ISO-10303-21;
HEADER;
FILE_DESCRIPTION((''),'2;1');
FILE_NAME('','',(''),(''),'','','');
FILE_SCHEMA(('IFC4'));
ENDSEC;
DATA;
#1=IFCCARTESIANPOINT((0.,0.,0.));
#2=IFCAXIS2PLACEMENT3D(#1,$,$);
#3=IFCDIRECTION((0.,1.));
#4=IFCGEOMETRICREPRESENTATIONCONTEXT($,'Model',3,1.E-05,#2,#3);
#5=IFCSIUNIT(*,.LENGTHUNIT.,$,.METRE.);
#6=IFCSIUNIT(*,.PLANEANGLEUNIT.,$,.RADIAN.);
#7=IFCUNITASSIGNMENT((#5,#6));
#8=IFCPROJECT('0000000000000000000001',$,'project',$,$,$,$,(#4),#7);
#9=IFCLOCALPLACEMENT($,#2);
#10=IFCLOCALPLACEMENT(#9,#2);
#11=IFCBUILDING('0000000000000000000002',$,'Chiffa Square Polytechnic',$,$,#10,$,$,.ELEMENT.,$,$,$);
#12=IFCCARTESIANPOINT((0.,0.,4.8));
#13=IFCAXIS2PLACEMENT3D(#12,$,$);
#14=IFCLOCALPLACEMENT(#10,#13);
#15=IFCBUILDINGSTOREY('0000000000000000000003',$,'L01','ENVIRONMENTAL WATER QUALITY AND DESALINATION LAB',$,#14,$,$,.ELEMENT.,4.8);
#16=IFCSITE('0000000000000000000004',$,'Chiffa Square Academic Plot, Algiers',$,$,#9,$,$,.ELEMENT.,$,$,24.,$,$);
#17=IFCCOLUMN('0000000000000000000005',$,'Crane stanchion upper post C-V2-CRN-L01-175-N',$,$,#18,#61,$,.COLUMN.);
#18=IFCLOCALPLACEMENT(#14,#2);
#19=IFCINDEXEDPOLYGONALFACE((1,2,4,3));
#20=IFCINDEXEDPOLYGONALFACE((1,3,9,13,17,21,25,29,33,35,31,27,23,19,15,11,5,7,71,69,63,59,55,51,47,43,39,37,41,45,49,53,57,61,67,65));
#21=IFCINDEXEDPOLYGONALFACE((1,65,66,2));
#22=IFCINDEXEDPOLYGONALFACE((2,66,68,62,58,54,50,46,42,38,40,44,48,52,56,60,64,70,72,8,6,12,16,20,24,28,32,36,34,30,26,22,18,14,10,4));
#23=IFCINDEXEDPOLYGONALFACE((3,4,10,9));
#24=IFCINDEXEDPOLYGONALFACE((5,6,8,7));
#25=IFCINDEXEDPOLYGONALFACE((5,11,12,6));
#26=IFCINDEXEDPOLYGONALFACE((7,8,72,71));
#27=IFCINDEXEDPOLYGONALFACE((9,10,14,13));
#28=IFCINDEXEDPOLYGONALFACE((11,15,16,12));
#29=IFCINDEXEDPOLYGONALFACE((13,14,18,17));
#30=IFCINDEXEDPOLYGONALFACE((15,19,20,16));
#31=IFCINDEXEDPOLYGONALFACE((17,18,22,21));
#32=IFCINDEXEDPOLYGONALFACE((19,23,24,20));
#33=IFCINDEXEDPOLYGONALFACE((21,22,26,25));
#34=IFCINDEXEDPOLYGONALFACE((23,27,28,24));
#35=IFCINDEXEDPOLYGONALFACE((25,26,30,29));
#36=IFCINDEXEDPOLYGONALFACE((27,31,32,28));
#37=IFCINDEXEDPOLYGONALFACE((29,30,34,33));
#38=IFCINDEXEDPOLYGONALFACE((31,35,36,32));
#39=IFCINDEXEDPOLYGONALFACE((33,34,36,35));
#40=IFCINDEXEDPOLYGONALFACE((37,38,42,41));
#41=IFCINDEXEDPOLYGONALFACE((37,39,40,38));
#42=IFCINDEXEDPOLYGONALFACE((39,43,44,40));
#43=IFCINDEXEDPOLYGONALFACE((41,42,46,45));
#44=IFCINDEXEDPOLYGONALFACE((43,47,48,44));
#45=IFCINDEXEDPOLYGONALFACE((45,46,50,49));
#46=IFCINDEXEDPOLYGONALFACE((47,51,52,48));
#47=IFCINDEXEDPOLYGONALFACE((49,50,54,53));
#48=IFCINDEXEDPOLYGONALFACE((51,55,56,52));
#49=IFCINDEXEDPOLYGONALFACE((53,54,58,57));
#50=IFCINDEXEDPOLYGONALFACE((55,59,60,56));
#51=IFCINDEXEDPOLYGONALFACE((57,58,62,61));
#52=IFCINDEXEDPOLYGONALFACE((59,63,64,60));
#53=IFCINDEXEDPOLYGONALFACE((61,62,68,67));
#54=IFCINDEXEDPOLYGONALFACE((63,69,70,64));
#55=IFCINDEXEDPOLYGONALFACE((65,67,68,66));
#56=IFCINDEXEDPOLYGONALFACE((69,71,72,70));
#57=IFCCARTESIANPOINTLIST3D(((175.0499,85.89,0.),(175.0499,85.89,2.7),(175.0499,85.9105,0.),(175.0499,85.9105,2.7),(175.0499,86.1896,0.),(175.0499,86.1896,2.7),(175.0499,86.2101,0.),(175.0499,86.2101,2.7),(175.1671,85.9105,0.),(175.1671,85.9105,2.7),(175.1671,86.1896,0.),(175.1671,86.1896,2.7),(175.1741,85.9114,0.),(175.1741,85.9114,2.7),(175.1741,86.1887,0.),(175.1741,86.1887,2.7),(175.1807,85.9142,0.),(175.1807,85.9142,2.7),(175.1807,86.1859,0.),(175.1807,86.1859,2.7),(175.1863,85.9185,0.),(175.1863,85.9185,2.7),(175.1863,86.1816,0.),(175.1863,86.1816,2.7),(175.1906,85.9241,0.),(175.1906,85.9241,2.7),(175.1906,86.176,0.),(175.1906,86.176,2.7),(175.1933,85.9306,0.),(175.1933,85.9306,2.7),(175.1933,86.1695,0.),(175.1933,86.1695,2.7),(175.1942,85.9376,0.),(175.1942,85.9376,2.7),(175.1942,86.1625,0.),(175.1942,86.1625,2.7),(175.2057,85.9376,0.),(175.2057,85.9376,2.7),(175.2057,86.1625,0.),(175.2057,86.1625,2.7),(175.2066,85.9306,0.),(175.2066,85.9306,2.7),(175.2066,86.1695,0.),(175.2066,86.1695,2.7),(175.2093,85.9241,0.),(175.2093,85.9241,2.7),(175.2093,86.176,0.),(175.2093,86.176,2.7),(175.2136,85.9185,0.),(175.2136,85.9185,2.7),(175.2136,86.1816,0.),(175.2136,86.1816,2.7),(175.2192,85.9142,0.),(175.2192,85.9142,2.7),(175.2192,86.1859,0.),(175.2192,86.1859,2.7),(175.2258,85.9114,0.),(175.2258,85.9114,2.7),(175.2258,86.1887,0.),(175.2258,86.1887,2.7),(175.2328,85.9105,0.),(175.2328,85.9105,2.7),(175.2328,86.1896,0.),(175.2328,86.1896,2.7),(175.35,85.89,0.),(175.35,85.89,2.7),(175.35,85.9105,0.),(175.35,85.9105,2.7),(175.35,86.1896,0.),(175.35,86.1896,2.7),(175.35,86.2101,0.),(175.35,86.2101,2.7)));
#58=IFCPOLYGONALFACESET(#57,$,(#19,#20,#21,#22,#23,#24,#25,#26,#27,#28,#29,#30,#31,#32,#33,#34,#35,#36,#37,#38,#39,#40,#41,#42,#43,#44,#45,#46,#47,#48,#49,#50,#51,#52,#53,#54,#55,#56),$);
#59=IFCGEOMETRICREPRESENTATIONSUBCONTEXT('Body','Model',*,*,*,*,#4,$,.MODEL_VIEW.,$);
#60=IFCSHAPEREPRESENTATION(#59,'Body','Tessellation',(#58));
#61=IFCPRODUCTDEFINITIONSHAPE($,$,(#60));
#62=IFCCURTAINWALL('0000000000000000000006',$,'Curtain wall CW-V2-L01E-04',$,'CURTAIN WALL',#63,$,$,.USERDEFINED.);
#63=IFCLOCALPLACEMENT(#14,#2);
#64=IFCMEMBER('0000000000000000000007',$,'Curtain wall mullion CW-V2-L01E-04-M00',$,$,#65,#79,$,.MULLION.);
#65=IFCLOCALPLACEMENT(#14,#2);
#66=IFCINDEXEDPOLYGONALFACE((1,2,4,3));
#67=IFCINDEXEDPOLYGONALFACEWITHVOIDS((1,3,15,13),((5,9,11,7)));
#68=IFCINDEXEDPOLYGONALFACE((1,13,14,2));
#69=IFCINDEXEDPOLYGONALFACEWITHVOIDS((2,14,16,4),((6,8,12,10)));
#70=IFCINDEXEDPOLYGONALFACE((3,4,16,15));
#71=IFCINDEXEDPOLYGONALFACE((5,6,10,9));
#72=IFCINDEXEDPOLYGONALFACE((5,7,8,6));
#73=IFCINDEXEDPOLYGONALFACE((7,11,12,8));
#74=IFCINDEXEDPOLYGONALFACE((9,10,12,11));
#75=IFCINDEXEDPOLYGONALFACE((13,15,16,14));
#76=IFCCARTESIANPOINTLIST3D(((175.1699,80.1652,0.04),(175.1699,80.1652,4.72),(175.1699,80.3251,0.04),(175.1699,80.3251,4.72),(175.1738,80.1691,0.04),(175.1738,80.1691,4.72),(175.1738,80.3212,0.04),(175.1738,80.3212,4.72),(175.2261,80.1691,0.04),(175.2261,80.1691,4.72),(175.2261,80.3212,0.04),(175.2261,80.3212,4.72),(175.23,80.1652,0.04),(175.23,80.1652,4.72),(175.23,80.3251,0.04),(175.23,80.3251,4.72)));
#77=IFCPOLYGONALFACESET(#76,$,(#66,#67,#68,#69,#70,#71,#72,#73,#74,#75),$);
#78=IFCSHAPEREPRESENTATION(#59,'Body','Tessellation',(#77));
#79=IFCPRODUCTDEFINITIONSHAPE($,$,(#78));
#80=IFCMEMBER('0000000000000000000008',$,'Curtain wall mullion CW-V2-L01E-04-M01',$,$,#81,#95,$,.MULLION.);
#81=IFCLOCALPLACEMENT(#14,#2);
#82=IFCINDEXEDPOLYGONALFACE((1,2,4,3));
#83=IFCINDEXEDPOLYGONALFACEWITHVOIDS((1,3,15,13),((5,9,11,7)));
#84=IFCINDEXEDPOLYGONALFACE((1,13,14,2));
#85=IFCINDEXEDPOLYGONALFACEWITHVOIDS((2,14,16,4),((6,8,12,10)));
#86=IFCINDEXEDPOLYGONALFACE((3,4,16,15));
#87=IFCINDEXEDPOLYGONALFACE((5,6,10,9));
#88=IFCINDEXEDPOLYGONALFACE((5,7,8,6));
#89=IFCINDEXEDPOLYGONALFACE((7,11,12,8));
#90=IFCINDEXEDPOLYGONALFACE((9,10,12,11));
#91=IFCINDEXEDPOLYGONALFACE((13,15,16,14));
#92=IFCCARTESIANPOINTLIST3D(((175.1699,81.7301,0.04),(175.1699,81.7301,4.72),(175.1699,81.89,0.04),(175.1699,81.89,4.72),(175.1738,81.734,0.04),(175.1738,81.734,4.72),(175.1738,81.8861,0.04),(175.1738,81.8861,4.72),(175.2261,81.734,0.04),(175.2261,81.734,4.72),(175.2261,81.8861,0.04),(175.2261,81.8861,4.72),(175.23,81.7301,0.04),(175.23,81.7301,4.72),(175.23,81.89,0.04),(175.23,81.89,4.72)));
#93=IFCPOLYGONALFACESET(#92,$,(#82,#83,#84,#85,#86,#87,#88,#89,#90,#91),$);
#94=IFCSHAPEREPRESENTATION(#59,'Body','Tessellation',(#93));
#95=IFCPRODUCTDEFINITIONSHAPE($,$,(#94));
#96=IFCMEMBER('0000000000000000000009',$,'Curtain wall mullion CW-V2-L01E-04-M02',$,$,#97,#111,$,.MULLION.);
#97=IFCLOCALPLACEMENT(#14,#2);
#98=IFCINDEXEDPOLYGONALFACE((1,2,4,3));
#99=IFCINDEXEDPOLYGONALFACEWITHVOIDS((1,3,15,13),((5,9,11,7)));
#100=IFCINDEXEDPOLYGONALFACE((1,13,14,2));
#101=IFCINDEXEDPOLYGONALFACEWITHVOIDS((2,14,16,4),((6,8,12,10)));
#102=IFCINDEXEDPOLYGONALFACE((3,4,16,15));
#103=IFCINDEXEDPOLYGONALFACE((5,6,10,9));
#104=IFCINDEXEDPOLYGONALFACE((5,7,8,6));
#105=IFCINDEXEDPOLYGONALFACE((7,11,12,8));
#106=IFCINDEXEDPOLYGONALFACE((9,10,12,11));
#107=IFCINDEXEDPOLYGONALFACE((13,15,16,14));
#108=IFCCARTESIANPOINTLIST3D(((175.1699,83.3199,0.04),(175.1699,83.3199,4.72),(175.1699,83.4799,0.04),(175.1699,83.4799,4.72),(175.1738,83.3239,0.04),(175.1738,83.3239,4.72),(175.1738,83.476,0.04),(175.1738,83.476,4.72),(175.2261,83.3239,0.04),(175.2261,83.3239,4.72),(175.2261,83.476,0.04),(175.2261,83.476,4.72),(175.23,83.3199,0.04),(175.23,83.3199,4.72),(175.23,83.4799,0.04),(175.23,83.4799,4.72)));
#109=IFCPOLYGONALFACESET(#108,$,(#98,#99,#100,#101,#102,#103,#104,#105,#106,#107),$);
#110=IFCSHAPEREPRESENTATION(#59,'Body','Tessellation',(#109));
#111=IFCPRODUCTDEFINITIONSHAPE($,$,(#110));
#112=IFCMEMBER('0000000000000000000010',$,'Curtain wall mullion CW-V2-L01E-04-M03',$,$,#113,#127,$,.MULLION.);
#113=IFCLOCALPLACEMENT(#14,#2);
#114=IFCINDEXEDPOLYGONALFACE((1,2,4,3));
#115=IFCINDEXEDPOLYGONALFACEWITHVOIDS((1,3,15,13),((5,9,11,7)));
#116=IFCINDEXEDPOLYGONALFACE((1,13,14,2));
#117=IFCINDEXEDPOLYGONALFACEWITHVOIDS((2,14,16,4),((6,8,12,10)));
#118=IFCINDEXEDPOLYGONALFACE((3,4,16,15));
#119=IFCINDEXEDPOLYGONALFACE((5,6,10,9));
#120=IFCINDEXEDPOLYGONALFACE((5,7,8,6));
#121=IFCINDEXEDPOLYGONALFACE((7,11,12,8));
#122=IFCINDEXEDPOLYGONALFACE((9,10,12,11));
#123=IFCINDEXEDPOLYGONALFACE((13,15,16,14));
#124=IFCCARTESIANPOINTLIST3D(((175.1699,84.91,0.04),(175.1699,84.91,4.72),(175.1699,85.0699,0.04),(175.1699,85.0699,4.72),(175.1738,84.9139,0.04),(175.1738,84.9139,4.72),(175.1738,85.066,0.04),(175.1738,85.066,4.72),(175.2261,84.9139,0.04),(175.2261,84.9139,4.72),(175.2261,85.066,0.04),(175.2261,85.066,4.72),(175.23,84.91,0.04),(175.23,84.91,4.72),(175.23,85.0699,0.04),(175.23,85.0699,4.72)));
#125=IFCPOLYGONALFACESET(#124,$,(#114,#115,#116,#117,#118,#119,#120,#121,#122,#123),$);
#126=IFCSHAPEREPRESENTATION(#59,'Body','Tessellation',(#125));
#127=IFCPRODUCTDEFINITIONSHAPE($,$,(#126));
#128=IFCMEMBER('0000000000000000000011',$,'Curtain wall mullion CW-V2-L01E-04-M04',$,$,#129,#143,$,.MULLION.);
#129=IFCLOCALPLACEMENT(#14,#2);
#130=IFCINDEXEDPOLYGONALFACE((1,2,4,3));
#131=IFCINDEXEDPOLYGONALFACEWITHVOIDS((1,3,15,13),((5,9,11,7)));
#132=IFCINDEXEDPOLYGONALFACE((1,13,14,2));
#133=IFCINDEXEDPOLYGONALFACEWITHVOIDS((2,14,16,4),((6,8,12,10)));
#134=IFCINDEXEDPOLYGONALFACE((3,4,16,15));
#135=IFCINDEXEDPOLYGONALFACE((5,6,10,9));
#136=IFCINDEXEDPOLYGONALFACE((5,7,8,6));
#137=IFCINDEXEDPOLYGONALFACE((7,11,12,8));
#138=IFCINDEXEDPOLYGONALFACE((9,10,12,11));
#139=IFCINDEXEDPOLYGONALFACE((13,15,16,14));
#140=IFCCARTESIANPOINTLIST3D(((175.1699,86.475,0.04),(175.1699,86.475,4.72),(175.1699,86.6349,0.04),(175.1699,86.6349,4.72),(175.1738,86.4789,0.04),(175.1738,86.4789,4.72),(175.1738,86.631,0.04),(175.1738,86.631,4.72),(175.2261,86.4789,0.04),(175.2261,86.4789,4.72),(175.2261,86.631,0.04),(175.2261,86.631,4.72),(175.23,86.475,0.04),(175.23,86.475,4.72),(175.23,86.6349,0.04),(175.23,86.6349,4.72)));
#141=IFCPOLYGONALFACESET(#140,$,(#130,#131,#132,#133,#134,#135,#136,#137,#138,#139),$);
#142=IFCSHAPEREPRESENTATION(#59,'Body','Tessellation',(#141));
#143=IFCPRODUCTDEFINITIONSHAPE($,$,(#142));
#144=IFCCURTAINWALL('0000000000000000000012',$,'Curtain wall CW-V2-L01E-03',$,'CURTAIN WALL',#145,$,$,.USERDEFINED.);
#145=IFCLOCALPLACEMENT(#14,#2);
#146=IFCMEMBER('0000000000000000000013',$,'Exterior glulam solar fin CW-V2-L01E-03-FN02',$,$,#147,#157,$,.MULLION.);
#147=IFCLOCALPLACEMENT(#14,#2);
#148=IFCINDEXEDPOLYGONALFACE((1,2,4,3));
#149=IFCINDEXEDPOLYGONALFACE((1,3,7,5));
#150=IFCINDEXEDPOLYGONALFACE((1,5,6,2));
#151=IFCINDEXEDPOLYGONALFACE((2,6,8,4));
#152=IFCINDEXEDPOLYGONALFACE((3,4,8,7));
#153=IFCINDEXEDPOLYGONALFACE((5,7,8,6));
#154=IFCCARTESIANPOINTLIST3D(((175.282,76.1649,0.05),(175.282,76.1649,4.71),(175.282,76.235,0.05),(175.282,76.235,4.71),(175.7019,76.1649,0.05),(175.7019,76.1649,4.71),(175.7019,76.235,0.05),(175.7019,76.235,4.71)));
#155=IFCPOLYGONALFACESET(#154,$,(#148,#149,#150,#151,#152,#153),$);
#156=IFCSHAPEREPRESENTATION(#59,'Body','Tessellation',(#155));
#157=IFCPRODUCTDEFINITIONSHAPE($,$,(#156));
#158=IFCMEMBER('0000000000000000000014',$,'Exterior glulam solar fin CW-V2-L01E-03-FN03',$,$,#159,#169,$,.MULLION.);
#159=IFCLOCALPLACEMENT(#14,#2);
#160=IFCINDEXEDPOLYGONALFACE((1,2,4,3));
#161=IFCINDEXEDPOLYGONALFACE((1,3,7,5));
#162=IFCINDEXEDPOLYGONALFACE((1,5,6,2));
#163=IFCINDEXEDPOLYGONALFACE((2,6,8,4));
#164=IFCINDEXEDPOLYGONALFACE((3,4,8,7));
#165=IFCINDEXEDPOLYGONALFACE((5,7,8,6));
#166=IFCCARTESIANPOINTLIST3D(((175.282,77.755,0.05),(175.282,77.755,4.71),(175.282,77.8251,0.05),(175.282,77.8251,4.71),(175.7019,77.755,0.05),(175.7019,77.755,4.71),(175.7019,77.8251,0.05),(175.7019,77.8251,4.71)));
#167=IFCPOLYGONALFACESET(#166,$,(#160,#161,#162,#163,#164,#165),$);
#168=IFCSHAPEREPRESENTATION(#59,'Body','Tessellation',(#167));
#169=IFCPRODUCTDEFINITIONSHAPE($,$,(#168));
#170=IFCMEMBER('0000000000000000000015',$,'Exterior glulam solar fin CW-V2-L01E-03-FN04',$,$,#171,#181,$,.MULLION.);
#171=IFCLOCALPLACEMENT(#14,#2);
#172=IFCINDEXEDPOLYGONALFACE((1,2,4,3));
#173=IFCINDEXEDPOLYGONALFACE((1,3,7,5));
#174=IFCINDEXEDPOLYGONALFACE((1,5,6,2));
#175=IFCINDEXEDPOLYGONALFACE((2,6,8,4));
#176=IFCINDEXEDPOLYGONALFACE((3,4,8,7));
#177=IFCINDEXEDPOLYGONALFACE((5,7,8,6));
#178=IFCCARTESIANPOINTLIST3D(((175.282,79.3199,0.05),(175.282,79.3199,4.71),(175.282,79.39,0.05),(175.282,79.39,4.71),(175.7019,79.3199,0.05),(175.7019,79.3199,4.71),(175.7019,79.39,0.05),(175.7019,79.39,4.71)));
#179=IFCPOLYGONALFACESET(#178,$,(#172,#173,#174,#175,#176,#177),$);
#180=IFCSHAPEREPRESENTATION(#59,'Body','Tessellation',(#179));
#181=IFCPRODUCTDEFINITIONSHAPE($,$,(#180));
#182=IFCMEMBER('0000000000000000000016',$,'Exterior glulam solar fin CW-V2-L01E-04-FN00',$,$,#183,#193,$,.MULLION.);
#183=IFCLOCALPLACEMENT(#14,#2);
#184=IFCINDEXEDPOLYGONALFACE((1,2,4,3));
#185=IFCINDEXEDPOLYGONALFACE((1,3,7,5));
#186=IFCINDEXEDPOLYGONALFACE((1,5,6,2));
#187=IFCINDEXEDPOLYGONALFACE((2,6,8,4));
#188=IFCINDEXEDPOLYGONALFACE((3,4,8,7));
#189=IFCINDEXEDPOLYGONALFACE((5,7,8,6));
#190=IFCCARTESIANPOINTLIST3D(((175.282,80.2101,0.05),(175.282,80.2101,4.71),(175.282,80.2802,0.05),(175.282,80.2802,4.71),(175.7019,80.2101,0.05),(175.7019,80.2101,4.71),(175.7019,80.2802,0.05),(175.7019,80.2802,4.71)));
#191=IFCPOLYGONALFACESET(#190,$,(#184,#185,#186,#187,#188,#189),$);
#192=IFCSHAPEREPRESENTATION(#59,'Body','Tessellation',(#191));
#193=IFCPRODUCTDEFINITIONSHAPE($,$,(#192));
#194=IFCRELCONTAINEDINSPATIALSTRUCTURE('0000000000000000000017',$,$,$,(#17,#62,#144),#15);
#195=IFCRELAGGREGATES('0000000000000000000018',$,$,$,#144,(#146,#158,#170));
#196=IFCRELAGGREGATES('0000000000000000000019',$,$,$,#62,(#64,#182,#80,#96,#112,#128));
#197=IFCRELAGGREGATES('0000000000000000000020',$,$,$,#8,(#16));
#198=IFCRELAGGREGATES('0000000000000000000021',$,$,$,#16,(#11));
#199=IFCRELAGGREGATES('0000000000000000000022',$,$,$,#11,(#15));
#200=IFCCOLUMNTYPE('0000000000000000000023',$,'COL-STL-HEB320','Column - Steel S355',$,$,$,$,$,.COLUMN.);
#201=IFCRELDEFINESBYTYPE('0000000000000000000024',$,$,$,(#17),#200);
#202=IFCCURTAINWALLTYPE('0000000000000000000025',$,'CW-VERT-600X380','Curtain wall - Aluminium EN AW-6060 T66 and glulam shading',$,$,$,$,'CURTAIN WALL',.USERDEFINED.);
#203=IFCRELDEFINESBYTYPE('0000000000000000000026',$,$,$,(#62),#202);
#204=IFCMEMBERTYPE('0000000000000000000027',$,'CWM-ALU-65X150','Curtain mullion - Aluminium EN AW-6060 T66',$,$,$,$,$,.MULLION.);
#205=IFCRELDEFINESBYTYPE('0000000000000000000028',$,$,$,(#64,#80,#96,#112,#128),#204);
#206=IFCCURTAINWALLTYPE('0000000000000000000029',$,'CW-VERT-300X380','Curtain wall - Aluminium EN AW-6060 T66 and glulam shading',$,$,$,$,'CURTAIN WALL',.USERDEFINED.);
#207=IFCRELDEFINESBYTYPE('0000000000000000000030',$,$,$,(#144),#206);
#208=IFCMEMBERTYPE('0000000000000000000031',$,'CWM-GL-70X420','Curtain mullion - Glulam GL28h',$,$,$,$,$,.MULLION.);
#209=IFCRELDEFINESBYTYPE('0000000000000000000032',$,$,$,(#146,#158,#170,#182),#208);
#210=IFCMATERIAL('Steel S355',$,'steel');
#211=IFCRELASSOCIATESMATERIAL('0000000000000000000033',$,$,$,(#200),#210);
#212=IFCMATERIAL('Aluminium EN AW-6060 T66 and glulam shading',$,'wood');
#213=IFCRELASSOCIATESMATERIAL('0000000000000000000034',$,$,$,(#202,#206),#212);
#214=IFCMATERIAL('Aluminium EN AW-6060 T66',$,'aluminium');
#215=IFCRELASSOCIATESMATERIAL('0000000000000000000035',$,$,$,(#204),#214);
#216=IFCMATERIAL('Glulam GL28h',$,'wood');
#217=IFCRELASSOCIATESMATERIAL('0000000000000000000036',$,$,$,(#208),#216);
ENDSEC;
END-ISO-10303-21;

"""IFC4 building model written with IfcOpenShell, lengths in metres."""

from ifc_helpers import new_model, si_unit, direction, frame, origin, origin_2d, place, context, subcontext, project, spatial, rectangle, hollow_rectangle, i_section, extrude, material, material_profile, profile_set, type_object, element, aggregate, save


model = new_model("IFC4")

# Units and contexts
model_context = context("Model", 3, precision=1e-05, world=origin(), true_north=direction((0.0, 1.0)))
body_context = subcontext(model_context, "Body", "Model", "MODEL_VIEW")
ifc_project = project(units=[si_unit("LENGTHUNIT", "METRE"), si_unit("PLANEANGLEUNIT", "RADIAN")], contexts=[model_context])

# Site, building, storey
site_placement = place(None, origin())
site = spatial("IfcSite", under=ifc_project, at=site_placement, Name="Chiffa Square Academic Plot, Algiers", CompositionType="ELEMENT", RefElevation=24.0)
building_placement = place(site_placement, origin())
building = spatial("IfcBuilding", under=site, at=building_placement, Name="Chiffa Square Polytechnic", CompositionType="ELEMENT")
storey_placement = place(building_placement, frame((0.0, 0.0, 4.8)))
storey = spatial("IfcBuildingStorey", under=building, at=storey_placement, Name="L01", Description="ENVIRONMENTAL WATER QUALITY AND DESALINATION LAB", CompositionType="ELEMENT", Elevation=4.8)

# Column
ifc_material_1 = material(Name="Steel S355", Category="steel")
ifc_material_profile_1 = material_profile(ifc_material_1, i_section(OverallWidth=0.3, OverallDepth=0.3201, WebThickness=0.0115, FlangeThickness=0.0205, FilletRadius=0.0271, at=origin_2d()), Name="HEB 320")
ifc_profile_set_1 = profile_set([ifc_material_profile_1], Name="Steel S355")
column_type = type_object("IfcColumnType", Name="COL-STL-HEB320", Description="Column - Steel S355", PredefinedType="COLUMN", material=ifc_profile_set_1)
column_placement = place(storey_placement, frame((175.2, 86.05, 0.0), z_axis=(0.0, 0.0, 1.0), x_axis=(1.0, 0.0, 0.0)))
element("IfcColumn", 1, at=column_placement, inside=storey, type_object=column_type, Name="Crane stanchion upper post C-V2-CRN-L01-175-N", PredefinedType="COLUMN", context=body_context, shape_type="SweptSolid", body=[
    extrude(i_section(OverallWidth=0.3, OverallDepth=0.3201, WebThickness=0.0115, FlangeThickness=0.0205, FilletRadius=0.0271, at=origin_2d()), origin(), (0.0, 0.0, 1.0), 2.7),
])

# Curtain walls, members
ifc_material_2 = material(Name="Aluminium EN AW-6060 T66 and glulam shading", Category="wood")
curtain_wall_type_1 = type_object("IfcCurtainWallType", Name="CW-VERT-600X380", Description="Curtain wall - Aluminium EN AW-6060 T66 and glulam shading", ElementType="CURTAIN WALL", PredefinedType="USERDEFINED", material=ifc_material_2)
curtain_wall_1_placement = place(storey_placement, origin())
curtain_wall_1 = element("IfcCurtainWall", 2, at=curtain_wall_1_placement, inside=storey, type_object=curtain_wall_type_1, Name="Curtain wall CW-V2-L01E-04", ObjectType="CURTAIN WALL", PredefinedType="USERDEFINED")
ifc_material_3 = material(Name="Aluminium EN AW-6060 T66", Category="aluminium")
ifc_material_profile_2 = material_profile(ifc_material_3, hollow_rectangle(XDim=0.0601, YDim=0.1599, WallThickness=0.0039, at=origin_2d()), Name="ALU 60x160x4")
ifc_profile_set_2 = profile_set([ifc_material_profile_2], Name="Aluminium EN AW-6060 T66")
member_type_1 = type_object("IfcMemberType", Name="CWM-ALU-65X150", Description="Curtain mullion - Aluminium EN AW-6060 T66", PredefinedType="MULLION", material=ifc_profile_set_2)
member_1_placement = place(storey_placement, frame((175.2, 80.2451, 0.04), z_axis=(0.0, 0.0, 1.0), x_axis=(1.0, 0.0, 0.0)))
member_1 = element("IfcMember", 3, at=member_1_placement, type_object=member_type_1, Name="Curtain wall mullion CW-V2-L01E-04-M00", PredefinedType="MULLION", context=body_context, shape_type="SweptSolid", body=[
    extrude(hollow_rectangle(XDim=0.0601, YDim=0.1599, WallThickness=0.0039, at=origin_2d()), origin(), (0.0, 0.0, 1.0), 4.6799),
])
member_2_placement = place(storey_placement, frame((175.2, 81.8101, 0.04), z_axis=(0.0, 0.0, 1.0), x_axis=(1.0, 0.0, 0.0)))
member_2 = element("IfcMember", 4, at=member_2_placement, type_object=member_type_1, Name="Curtain wall mullion CW-V2-L01E-04-M01", PredefinedType="MULLION", context=body_context, shape_type="SweptSolid", body=[
    extrude(hollow_rectangle(XDim=0.0601, YDim=0.1599, WallThickness=0.0039, at=origin_2d()), origin(), (0.0, 0.0, 1.0), 4.6799),
])
member_3_placement = place(storey_placement, frame((175.2, 83.3999, 0.04), z_axis=(0.0, 0.0, 1.0), x_axis=(1.0, 0.0, 0.0)))
member_3 = element("IfcMember", 5, at=member_3_placement, type_object=member_type_1, Name="Curtain wall mullion CW-V2-L01E-04-M02", PredefinedType="MULLION", context=body_context, shape_type="SweptSolid", body=[
    extrude(hollow_rectangle(XDim=0.0601, YDim=0.1599, WallThickness=0.0039, at=origin_2d()), origin(), (0.0, 0.0, 1.0), 4.6799),
])
member_4_placement = place(storey_placement, frame((175.2, 84.99, 0.04), z_axis=(0.0, 0.0, 1.0), x_axis=(1.0, 0.0, 0.0)))
member_4 = element("IfcMember", 6, at=member_4_placement, type_object=member_type_1, Name="Curtain wall mullion CW-V2-L01E-04-M03", PredefinedType="MULLION", context=body_context, shape_type="SweptSolid", body=[
    extrude(hollow_rectangle(XDim=0.0601, YDim=0.1599, WallThickness=0.0039, at=origin_2d()), origin(), (0.0, 0.0, 1.0), 4.6799),
])
member_5_placement = place(storey_placement, frame((175.2, 86.5549, 0.04), z_axis=(0.0, 0.0, 1.0), x_axis=(1.0, 0.0, 0.0)))
member_5 = element("IfcMember", 7, at=member_5_placement, type_object=member_type_1, Name="Curtain wall mullion CW-V2-L01E-04-M04", PredefinedType="MULLION", context=body_context, shape_type="SweptSolid", body=[
    extrude(hollow_rectangle(XDim=0.0601, YDim=0.1599, WallThickness=0.0039, at=origin_2d()), origin(), (0.0, 0.0, 1.0), 4.6799),
])
curtain_wall_type_2 = type_object("IfcCurtainWallType", Name="CW-VERT-300X380", Description="Curtain wall - Aluminium EN AW-6060 T66 and glulam shading", ElementType="CURTAIN WALL", PredefinedType="USERDEFINED", material=ifc_material_2)
curtain_wall_2_placement = place(storey_placement, origin())
curtain_wall_2 = element("IfcCurtainWall", 8, at=curtain_wall_2_placement, inside=storey, type_object=curtain_wall_type_2, Name="Curtain wall CW-V2-L01E-03", ObjectType="CURTAIN WALL", PredefinedType="USERDEFINED")
ifc_material_4 = material(Name="Glulam GL28h", Category="wood")
ifc_material_profile_3 = material_profile(ifc_material_4, rectangle(XDim=0.0701, YDim=0.4199, at=origin_2d()), Name="GL28h 70x420")
ifc_profile_set_3 = profile_set([ifc_material_profile_3], Name="Glulam GL28h")
member_type_2 = type_object("IfcMemberType", Name="CWM-GL-70X420", Description="Curtain mullion - Glulam GL28h", PredefinedType="MULLION", material=ifc_profile_set_3)
member_6_placement = place(storey_placement, frame((175.4919, 76.2, 0.05), z_axis=(0.0, 0.0, 1.0), x_axis=(0.0, 1.0, 0.0)))
member_6 = element("IfcMember", 9, at=member_6_placement, type_object=member_type_2, Name="Exterior glulam solar fin CW-V2-L01E-03-FN02", PredefinedType="MULLION", context=body_context, shape_type="SweptSolid", body=[
    extrude(rectangle(XDim=0.0701, YDim=0.4199, at=origin_2d()), origin(), (0.0, 0.0, 1.0), 4.6599),
])
member_7_placement = place(storey_placement, frame((175.4919, 77.79, 0.05), z_axis=(0.0, 0.0, 1.0), x_axis=(0.0, 1.0, 0.0)))
member_7 = element("IfcMember", 10, at=member_7_placement, type_object=member_type_2, Name="Exterior glulam solar fin CW-V2-L01E-03-FN03", PredefinedType="MULLION", context=body_context, shape_type="SweptSolid", body=[
    extrude(rectangle(XDim=0.0701, YDim=0.4199, at=origin_2d()), origin(), (0.0, 0.0, 1.0), 4.6599),
])
member_8_placement = place(storey_placement, frame((175.4919, 79.355, 0.05), z_axis=(0.0, 0.0, 1.0), x_axis=(0.0, 1.0, 0.0)))
member_8 = element("IfcMember", 11, at=member_8_placement, type_object=member_type_2, Name="Exterior glulam solar fin CW-V2-L01E-03-FN04", PredefinedType="MULLION", context=body_context, shape_type="SweptSolid", body=[
    extrude(rectangle(XDim=0.0701, YDim=0.4199, at=origin_2d()), origin(), (0.0, 0.0, 1.0), 4.6599),
])
aggregate(curtain_wall_2, [member_6, member_7, member_8])

# Member
member_9_placement = place(storey_placement, frame((175.4919, 80.2451, 0.05), z_axis=(0.0, 0.0, 1.0), x_axis=(0.0, 1.0, 0.0)))
member_9 = element("IfcMember", 12, at=member_9_placement, type_object=member_type_2, Name="Exterior glulam solar fin CW-V2-L01E-04-FN00", PredefinedType="MULLION", context=body_context, shape_type="SweptSolid", body=[
    extrude(rectangle(XDim=0.0701, YDim=0.4199, at=origin_2d()), origin(), (0.0, 0.0, 1.0), 4.6599),
])

aggregate(curtain_wall_1, [member_1, member_9, member_2, member_3, member_4, member_5])

save(model, "model.ifc")
